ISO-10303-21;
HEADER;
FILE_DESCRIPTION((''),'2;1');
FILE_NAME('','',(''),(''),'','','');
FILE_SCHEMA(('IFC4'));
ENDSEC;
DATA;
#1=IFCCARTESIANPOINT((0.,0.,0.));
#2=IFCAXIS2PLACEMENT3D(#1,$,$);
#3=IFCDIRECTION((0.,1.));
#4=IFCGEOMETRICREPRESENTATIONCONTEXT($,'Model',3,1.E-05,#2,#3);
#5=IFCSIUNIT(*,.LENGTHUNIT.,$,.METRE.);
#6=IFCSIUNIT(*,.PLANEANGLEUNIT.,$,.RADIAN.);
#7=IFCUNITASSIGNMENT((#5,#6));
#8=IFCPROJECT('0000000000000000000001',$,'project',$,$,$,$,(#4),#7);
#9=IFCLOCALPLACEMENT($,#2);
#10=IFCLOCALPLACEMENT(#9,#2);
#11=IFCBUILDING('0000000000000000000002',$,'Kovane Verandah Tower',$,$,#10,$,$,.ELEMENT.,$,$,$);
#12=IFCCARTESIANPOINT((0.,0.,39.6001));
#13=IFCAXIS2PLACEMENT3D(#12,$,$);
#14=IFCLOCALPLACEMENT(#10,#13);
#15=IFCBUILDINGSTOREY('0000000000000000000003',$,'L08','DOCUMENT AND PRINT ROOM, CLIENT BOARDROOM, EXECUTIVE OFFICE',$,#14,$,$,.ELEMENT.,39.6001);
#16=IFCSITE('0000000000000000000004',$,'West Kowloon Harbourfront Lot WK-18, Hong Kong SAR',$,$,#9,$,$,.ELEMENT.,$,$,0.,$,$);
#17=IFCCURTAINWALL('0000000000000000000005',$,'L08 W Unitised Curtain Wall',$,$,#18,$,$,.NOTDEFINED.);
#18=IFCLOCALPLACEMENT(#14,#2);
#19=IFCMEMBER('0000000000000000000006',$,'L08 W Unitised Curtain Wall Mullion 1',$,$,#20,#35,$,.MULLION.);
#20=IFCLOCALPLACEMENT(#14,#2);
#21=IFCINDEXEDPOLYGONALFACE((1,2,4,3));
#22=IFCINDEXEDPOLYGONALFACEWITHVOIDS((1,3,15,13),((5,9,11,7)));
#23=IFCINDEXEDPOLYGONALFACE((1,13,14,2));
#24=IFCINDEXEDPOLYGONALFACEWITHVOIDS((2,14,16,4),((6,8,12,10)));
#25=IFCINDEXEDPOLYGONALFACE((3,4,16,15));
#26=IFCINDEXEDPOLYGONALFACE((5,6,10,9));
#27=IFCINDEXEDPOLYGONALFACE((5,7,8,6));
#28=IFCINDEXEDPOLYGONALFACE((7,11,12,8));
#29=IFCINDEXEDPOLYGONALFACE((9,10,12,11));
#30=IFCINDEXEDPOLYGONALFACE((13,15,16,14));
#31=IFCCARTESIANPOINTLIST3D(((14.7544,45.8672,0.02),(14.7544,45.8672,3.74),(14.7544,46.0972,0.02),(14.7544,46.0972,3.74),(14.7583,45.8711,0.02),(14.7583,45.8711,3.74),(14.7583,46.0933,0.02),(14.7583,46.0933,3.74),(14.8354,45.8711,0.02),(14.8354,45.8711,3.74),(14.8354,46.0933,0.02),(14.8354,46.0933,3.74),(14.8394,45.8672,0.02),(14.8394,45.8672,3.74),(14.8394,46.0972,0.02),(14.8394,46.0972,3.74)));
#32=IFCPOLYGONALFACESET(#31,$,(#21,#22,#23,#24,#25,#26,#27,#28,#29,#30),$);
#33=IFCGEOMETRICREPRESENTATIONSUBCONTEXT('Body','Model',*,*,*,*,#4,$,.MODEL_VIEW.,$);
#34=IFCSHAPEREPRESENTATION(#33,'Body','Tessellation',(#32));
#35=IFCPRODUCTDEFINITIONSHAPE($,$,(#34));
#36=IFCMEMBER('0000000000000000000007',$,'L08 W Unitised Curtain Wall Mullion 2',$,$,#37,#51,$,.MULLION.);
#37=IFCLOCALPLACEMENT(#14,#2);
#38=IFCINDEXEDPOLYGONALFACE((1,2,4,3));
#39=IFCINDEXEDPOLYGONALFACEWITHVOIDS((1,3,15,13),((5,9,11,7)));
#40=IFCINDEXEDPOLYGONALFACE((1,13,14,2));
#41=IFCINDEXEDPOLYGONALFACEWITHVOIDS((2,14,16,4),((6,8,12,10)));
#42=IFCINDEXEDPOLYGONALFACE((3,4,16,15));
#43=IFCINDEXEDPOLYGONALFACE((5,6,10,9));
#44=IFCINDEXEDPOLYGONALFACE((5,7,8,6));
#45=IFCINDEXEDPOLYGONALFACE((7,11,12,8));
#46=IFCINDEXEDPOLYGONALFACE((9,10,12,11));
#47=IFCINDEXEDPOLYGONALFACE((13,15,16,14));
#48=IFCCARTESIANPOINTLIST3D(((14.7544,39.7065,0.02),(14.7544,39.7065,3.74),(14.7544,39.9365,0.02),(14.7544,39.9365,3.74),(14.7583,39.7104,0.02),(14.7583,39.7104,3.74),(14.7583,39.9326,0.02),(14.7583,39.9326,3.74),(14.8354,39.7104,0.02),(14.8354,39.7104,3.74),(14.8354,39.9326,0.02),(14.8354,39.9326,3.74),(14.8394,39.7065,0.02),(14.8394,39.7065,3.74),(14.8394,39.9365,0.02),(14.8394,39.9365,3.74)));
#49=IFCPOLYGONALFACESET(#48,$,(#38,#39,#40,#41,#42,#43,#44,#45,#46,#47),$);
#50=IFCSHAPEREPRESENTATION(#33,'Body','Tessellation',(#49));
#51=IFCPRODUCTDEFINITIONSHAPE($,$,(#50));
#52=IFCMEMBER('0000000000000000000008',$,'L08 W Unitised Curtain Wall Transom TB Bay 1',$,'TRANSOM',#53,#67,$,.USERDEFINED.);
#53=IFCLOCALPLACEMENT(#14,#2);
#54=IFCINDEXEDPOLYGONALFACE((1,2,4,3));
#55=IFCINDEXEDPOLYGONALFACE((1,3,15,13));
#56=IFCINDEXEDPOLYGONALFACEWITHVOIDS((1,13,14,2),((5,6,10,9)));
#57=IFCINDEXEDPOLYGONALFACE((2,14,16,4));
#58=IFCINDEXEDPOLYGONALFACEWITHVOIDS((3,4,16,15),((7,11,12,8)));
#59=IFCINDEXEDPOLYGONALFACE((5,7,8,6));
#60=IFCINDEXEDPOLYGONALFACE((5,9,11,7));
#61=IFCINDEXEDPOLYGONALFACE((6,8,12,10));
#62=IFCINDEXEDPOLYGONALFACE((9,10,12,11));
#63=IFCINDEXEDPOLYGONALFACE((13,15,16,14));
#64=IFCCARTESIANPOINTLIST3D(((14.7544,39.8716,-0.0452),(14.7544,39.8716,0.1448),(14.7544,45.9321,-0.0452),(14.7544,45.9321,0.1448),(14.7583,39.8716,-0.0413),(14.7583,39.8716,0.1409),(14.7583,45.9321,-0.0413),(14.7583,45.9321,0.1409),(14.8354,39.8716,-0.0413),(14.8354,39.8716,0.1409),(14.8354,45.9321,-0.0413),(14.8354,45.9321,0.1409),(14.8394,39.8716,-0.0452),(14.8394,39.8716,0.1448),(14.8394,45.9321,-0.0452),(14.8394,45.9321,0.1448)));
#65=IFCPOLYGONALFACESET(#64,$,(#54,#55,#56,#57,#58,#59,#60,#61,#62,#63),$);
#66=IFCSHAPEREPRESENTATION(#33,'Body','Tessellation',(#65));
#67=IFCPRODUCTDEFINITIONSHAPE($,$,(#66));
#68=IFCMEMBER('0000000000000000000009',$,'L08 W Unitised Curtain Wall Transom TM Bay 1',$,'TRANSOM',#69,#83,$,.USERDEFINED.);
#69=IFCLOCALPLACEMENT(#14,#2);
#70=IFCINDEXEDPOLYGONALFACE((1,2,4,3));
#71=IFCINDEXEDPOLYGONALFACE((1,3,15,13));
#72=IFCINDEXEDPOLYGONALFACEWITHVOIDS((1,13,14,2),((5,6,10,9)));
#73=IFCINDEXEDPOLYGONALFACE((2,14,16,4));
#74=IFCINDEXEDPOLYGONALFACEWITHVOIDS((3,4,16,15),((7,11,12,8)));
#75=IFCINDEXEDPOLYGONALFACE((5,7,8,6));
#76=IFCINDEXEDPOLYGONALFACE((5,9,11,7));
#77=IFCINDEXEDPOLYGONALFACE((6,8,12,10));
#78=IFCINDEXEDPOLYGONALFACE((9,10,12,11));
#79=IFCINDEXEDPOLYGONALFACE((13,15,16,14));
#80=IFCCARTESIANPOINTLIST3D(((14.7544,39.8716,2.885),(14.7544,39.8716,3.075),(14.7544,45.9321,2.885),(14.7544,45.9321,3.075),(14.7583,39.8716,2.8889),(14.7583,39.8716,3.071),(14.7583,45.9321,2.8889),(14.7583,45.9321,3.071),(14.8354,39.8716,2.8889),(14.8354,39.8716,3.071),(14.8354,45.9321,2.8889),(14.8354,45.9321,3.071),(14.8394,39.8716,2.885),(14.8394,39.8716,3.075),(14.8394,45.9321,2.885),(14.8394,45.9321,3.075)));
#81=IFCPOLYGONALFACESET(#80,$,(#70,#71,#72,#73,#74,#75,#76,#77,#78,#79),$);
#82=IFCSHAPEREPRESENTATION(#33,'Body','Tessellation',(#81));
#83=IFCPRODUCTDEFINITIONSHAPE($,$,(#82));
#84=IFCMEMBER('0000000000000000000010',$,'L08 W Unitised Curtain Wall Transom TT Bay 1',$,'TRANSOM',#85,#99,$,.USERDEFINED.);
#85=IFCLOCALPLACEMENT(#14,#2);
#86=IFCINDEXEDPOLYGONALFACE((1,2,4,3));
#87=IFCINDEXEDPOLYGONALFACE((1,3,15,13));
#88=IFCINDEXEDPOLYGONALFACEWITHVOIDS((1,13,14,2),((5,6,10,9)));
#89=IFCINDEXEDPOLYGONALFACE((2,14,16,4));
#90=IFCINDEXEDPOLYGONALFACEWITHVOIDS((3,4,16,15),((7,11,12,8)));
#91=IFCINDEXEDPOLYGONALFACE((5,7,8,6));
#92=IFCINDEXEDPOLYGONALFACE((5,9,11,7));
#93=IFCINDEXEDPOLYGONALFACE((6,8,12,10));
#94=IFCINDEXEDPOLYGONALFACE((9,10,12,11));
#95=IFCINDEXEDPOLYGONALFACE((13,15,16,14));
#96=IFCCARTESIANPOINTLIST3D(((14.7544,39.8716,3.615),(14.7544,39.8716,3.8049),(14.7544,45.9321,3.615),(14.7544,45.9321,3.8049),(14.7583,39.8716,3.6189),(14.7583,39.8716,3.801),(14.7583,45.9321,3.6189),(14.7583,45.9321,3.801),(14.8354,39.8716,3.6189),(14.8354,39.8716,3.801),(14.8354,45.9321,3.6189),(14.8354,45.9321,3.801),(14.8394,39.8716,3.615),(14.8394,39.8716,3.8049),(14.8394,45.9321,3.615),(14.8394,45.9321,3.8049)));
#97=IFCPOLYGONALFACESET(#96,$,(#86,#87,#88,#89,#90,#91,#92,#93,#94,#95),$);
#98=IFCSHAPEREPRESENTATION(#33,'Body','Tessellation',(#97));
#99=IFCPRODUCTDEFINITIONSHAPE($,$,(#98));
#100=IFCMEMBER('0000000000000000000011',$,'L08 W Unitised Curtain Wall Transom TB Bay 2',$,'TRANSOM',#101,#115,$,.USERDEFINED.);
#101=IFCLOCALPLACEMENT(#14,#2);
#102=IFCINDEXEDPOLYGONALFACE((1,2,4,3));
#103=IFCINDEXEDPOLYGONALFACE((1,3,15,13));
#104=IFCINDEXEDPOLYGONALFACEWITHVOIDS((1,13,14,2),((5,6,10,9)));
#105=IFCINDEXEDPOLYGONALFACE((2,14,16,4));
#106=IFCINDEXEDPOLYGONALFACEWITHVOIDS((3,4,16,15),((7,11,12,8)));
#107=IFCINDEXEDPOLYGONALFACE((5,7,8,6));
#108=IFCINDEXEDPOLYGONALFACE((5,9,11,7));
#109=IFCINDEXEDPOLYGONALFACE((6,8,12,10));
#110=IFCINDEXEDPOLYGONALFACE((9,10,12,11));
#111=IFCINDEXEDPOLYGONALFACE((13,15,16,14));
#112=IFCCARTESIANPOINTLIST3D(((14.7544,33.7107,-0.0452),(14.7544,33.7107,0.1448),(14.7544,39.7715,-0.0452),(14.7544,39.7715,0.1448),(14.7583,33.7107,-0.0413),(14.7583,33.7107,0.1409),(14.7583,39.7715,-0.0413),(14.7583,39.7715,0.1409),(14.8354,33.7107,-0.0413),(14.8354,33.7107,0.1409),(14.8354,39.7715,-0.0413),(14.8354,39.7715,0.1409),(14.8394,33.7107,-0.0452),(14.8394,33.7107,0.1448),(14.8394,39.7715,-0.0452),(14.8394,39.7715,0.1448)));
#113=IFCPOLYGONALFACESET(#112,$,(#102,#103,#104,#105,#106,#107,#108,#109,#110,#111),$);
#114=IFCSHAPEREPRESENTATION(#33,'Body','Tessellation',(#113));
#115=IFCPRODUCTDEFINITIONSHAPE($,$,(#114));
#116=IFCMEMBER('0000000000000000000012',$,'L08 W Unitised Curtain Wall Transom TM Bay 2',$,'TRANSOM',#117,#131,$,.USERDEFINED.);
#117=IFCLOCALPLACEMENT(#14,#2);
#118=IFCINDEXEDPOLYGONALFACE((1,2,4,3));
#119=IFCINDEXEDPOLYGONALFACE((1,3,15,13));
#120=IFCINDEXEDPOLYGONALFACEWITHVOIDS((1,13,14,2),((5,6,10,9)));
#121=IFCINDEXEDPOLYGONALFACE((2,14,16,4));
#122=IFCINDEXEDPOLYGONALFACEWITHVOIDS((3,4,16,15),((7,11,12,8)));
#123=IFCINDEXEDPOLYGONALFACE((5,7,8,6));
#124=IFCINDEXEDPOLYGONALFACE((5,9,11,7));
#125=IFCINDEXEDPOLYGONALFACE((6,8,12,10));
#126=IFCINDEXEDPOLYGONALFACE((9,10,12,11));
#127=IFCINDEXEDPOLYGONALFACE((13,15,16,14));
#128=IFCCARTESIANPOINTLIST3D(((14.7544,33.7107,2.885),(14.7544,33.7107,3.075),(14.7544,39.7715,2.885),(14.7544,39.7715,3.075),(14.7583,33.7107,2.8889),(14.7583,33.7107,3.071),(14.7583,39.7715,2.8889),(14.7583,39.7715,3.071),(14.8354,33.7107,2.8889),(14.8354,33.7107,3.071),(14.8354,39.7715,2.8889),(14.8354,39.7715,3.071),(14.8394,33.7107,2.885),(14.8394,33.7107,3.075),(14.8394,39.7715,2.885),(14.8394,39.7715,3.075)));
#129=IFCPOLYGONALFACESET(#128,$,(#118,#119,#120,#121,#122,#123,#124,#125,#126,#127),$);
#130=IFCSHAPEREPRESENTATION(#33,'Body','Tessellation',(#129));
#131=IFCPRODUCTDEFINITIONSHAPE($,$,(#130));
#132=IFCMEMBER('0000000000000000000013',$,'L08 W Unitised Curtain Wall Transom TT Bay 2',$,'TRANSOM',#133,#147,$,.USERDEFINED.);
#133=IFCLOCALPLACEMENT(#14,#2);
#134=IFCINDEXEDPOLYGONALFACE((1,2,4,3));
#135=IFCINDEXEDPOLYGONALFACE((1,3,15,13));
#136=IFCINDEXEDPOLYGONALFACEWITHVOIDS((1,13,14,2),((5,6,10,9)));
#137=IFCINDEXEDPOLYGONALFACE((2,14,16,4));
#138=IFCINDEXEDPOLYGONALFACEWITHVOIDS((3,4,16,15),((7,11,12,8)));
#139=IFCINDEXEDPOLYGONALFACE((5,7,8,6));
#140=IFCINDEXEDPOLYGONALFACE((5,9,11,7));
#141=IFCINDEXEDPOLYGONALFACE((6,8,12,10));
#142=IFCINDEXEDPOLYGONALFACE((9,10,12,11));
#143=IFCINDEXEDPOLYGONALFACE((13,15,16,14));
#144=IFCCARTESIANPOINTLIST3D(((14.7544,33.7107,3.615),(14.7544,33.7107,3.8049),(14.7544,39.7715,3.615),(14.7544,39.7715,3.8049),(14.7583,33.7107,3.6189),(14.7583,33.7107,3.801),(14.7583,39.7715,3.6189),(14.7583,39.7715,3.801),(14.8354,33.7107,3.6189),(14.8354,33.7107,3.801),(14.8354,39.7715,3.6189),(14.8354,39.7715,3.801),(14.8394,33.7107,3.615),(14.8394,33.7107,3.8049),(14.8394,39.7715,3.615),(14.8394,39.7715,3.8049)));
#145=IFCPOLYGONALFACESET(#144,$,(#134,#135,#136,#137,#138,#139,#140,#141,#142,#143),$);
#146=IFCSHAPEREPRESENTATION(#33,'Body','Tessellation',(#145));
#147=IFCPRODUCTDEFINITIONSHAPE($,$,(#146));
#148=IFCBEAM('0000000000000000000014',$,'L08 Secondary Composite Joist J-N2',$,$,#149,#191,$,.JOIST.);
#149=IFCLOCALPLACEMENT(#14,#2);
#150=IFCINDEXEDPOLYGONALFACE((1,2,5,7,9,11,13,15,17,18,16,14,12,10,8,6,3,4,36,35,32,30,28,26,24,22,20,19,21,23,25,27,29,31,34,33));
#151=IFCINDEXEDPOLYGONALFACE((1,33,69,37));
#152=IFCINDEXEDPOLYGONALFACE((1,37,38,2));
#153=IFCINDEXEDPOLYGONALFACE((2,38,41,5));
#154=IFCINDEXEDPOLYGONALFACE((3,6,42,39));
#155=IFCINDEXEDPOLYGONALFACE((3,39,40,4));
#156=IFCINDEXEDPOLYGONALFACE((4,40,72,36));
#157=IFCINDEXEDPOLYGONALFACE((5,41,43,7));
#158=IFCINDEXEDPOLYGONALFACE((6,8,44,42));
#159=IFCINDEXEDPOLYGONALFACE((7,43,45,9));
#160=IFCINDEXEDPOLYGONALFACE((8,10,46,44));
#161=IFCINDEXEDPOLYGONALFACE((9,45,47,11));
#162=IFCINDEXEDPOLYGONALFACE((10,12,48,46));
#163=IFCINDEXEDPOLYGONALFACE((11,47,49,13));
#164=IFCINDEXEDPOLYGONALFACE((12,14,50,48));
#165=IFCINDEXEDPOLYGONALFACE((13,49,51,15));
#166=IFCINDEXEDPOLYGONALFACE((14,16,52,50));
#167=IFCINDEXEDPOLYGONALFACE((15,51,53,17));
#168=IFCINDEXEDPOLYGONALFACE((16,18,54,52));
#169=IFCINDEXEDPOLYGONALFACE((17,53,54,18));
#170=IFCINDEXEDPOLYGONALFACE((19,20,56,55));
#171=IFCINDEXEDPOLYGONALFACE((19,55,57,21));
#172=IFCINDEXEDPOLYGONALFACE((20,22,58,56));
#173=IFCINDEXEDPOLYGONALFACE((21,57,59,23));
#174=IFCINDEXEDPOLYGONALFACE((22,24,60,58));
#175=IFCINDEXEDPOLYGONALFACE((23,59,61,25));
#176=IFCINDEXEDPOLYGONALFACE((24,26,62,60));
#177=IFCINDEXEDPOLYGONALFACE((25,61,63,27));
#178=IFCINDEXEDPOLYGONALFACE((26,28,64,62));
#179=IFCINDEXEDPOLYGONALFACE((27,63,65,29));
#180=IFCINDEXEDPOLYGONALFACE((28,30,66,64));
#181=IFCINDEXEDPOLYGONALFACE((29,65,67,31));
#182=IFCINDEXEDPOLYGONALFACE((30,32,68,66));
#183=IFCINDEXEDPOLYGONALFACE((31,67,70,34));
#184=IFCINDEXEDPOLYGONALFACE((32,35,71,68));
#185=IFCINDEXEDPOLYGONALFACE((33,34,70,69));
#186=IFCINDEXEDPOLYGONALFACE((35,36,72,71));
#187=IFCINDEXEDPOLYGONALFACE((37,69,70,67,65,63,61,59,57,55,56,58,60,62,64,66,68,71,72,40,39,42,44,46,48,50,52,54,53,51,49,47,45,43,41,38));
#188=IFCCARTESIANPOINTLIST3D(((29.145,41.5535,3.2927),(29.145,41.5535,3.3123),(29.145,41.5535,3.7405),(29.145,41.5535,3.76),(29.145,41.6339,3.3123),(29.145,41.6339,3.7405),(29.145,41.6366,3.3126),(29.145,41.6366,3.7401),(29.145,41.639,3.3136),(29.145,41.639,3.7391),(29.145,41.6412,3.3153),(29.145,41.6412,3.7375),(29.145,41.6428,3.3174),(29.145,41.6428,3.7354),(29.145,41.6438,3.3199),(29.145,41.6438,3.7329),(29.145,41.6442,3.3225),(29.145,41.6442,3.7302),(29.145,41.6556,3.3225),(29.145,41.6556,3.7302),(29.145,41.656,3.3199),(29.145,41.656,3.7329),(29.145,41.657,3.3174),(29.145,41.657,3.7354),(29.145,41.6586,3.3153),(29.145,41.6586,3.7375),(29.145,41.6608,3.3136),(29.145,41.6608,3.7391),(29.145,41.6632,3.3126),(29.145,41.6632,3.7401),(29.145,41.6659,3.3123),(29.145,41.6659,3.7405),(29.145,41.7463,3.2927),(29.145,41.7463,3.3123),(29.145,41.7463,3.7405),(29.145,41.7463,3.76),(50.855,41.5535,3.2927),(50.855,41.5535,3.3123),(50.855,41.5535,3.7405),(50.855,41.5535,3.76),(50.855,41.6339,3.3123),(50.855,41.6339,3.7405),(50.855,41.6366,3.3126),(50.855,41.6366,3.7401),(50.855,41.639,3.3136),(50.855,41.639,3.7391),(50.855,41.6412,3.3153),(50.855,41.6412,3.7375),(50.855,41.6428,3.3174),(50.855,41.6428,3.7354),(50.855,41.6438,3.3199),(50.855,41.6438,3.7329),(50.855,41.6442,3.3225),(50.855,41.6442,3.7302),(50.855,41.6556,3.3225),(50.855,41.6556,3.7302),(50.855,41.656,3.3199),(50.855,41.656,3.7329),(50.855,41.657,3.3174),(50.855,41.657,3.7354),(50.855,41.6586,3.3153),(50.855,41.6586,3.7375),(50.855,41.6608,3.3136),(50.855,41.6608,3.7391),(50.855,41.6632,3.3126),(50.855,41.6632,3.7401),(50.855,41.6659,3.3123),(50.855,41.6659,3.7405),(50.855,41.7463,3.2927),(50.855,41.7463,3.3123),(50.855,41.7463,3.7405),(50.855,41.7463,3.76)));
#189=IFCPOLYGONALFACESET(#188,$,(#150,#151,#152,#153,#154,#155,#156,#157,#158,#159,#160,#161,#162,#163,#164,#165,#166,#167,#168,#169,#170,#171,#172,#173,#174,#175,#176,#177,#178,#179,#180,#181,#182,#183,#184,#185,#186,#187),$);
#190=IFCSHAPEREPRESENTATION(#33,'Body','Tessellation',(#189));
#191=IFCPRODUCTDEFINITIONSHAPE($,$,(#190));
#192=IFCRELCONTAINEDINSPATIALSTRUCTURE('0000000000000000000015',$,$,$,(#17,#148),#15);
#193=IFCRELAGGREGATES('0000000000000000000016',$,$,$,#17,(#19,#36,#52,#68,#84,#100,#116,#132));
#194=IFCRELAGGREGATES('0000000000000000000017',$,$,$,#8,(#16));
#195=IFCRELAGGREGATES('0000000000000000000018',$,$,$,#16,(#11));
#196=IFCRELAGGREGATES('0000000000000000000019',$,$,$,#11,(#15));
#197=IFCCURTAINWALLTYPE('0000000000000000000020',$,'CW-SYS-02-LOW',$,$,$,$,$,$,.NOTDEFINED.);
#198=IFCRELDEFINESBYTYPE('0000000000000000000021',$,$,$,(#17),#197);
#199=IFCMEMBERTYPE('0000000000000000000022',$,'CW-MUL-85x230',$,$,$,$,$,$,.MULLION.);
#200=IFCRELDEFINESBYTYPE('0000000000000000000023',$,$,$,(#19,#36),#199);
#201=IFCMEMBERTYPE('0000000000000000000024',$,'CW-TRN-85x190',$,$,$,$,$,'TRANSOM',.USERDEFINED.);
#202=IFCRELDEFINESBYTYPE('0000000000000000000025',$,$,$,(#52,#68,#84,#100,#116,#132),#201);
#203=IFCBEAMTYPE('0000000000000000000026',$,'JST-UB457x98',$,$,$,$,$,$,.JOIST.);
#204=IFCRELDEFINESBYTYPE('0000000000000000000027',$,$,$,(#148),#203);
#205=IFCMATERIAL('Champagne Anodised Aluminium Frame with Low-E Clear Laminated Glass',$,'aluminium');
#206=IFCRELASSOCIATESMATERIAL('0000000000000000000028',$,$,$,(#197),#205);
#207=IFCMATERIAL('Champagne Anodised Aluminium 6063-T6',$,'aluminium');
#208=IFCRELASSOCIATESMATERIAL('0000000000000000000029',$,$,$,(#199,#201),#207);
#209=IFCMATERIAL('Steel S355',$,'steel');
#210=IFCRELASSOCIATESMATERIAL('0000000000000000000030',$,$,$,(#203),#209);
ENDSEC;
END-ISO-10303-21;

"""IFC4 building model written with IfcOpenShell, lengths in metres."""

from ifc_helpers import new_model, si_unit, direction, frame, origin, origin_2d, place, context, subcontext, project, spatial, hollow_rectangle, i_section, extrude, material, material_profile, profile_set, type_object, element, aggregate, save


model = new_model("IFC4")

# Units and contexts
model_context = context("Model", 3, precision=1e-05, world=origin(), true_north=direction((0.0, 1.0)))
body_context = subcontext(model_context, "Body", "Model", "MODEL_VIEW")
ifc_project = project(units=[si_unit("LENGTHUNIT", "METRE"), si_unit("PLANEANGLEUNIT", "RADIAN")], contexts=[model_context])

# Site, building, storey
site_placement = place(None, origin())
site = spatial("IfcSite", under=ifc_project, at=site_placement, Name="West Kowloon Harbourfront Lot WK-18, Hong Kong SAR", CompositionType="ELEMENT", RefElevation=0.0)
building_placement = place(site_placement, origin())
building = spatial("IfcBuilding", under=site, at=building_placement, Name="Kovane Verandah Tower", CompositionType="ELEMENT")
storey_placement = place(building_placement, frame((0.0, 0.0, 39.6001)))
storey = spatial("IfcBuildingStorey", under=building, at=storey_placement, Name="L08", Description="DOCUMENT AND PRINT ROOM, CLIENT BOARDROOM, EXECUTIVE OFFICE", CompositionType="ELEMENT", Elevation=39.6001)

# Shared definitions
ifc_material_1 = material(Name="Steel S355", Category="steel")

# Curtain wall, members
ifc_material_2 = material(Name="Champagne Anodised Aluminium Frame with Low-E Clear Laminated Glass", Category="aluminium")
curtain_wall_type = type_object("IfcCurtainWallType", Name="CW-SYS-02-LOW", PredefinedType="NOTDEFINED", material=ifc_material_2)
curtain_wall_placement = place(storey_placement, origin())
curtain_wall = element("IfcCurtainWall", 1, at=curtain_wall_placement, inside=storey, type_object=curtain_wall_type, Name="L08 W Unitised Curtain Wall", PredefinedType="NOTDEFINED")
ifc_material_3 = material(Name="Champagne Anodised Aluminium 6063-T6", Category="aluminium")
ifc_material_profile_1 = material_profile(ifc_material_3, hollow_rectangle(XDim=0.085, YDim=0.23, WallThickness=0.0039, at=origin_2d()), Name="AL85x230x4")
ifc_profile_set_1 = profile_set([ifc_material_profile_1], Name="Champagne Anodised Aluminium 6063-T6")
member_type_1 = type_object("IfcMemberType", Name="CW-MUL-85x230", PredefinedType="MULLION", material=ifc_profile_set_1)
member_1_placement = place(storey_placement, frame((14.7969, 45.9822, 0.02), z_axis=(0.0, 0.0, 1.0), x_axis=(-1.0, 0.0, 0.0)))
member_1 = element("IfcMember", 2, at=member_1_placement, type_object=member_type_1, Name="L08 W Unitised Curtain Wall Mullion 1", PredefinedType="MULLION", context=body_context, shape_type="SweptSolid", body=[
    extrude(hollow_rectangle(XDim=0.085, YDim=0.23, WallThickness=0.0039, at=origin_2d()), origin(), (0.0, 0.0, 1.0), 3.72),
])
member_2_placement = place(storey_placement, frame((14.7969, 39.8215, 0.02), z_axis=(0.0, 0.0, 1.0), x_axis=(-1.0, 0.0, 0.0)))
member_2 = element("IfcMember", 3, at=member_2_placement, type_object=member_type_1, Name="L08 W Unitised Curtain Wall Mullion 2", PredefinedType="MULLION", context=body_context, shape_type="SweptSolid", body=[
    extrude(hollow_rectangle(XDim=0.085, YDim=0.23, WallThickness=0.0039, at=origin_2d()), origin(), (0.0, 0.0, 1.0), 3.72),
])
ifc_material_profile_2 = material_profile(ifc_material_3, hollow_rectangle(XDim=0.085, YDim=0.1899, WallThickness=0.0039, at=origin_2d()), Name="AL85x190x4")
ifc_profile_set_2 = profile_set([ifc_material_profile_2], Name="Champagne Anodised Aluminium 6063-T6")
member_type_2 = type_object("IfcMemberType", Name="CW-TRN-85x190", ElementType="TRANSOM", PredefinedType="USERDEFINED", material=ifc_profile_set_2)
member_3_placement = place(storey_placement, frame((14.7969, 45.9321, 0.0498), z_axis=(0.0, -1.0, 0.0), x_axis=(1.0, 0.0, 0.0)))
member_3 = element("IfcMember", 4, at=member_3_placement, type_object=member_type_2, Name="L08 W Unitised Curtain Wall Transom TB Bay 1", ObjectType="TRANSOM", PredefinedType="USERDEFINED", context=body_context, shape_type="SweptSolid", body=[
    extrude(hollow_rectangle(XDim=0.085, YDim=0.1899, WallThickness=0.0039, at=origin_2d()), origin(), (0.0, 0.0, 1.0), 6.0605),
])
member_4_placement = place(storey_placement, frame((14.7969, 45.9321, 2.98), z_axis=(0.0, -1.0, 0.0), x_axis=(1.0, 0.0, 0.0)))
member_4 = element("IfcMember", 5, at=member_4_placement, type_object=member_type_2, Name="L08 W Unitised Curtain Wall Transom TM Bay 1", ObjectType="TRANSOM", PredefinedType="USERDEFINED", context=body_context, shape_type="SweptSolid", body=[
    extrude(hollow_rectangle(XDim=0.085, YDim=0.1899, WallThickness=0.0039, at=origin_2d()), origin(), (0.0, 0.0, 1.0), 6.0605),
])
member_5_placement = place(storey_placement, frame((14.7969, 45.9321, 3.71), z_axis=(0.0, -1.0, 0.0), x_axis=(1.0, 0.0, 0.0)))
member_5 = element("IfcMember", 6, at=member_5_placement, type_object=member_type_2, Name="L08 W Unitised Curtain Wall Transom TT Bay 1", ObjectType="TRANSOM", PredefinedType="USERDEFINED", context=body_context, shape_type="SweptSolid", body=[
    extrude(hollow_rectangle(XDim=0.085, YDim=0.1899, WallThickness=0.0039, at=origin_2d()), origin(), (0.0, 0.0, 1.0), 6.0605),
])
member_6_placement = place(storey_placement, frame((14.7969, 39.7715, 0.0498), z_axis=(0.0, -1.0, 0.0), x_axis=(1.0, 0.0, 0.0)))
member_6 = element("IfcMember", 7, at=member_6_placement, type_object=member_type_2, Name="L08 W Unitised Curtain Wall Transom TB Bay 2", ObjectType="TRANSOM", PredefinedType="USERDEFINED", context=body_context, shape_type="SweptSolid", body=[
    extrude(hollow_rectangle(XDim=0.085, YDim=0.1899, WallThickness=0.0039, at=origin_2d()), origin(), (0.0, 0.0, 1.0), 6.0608),
])
member_7_placement = place(storey_placement, frame((14.7969, 39.7715, 2.98), z_axis=(0.0, -1.0, 0.0), x_axis=(1.0, 0.0, 0.0)))
member_7 = element("IfcMember", 8, at=member_7_placement, type_object=member_type_2, Name="L08 W Unitised Curtain Wall Transom TM Bay 2", ObjectType="TRANSOM", PredefinedType="USERDEFINED", context=body_context, shape_type="SweptSolid", body=[
    extrude(hollow_rectangle(XDim=0.085, YDim=0.1899, WallThickness=0.0039, at=origin_2d()), origin(), (0.0, 0.0, 1.0), 6.0608),
])
member_8_placement = place(storey_placement, frame((14.7969, 39.7715, 3.71), z_axis=(0.0, -1.0, 0.0), x_axis=(1.0, 0.0, 0.0)))
member_8 = element("IfcMember", 9, at=member_8_placement, type_object=member_type_2, Name="L08 W Unitised Curtain Wall Transom TT Bay 2", ObjectType="TRANSOM", PredefinedType="USERDEFINED", context=body_context, shape_type="SweptSolid", body=[
    extrude(hollow_rectangle(XDim=0.085, YDim=0.1899, WallThickness=0.0039, at=origin_2d()), origin(), (0.0, 0.0, 1.0), 6.0608),
])

# Beam
ifc_material_profile_3 = material_profile(ifc_material_1, i_section(OverallWidth=0.1929, OverallDepth=0.4673, WebThickness=0.0115, FlangeThickness=0.0195, FilletRadius=0.0103, at=origin_2d()), Name="UB457x191x98")
ifc_profile_set_3 = profile_set([ifc_material_profile_3], Name="Steel S355")
beam_type_1 = type_object("IfcBeamType", Name="JST-UB457x98", PredefinedType="JOIST", material=ifc_profile_set_3)
beam_1_placement = place(storey_placement, frame((29.145, 41.6499, 3.5264), z_axis=(1.0, 0.0, 0.0), x_axis=(0.0, 1.0, 0.0)))
element("IfcBeam", 10, at=beam_1_placement, inside=storey, type_object=beam_type_1, Name="L08 Secondary Composite Joist J-N2", PredefinedType="JOIST", context=body_context, shape_type="SweptSolid", body=[
    extrude(i_section(OverallWidth=0.1929, OverallDepth=0.4673, WebThickness=0.0115, FlangeThickness=0.0195, FilletRadius=0.0103, at=origin_2d()), origin(), (0.0, 0.0, 1.0), 21.71),
])

aggregate(curtain_wall, [member_1, member_2, member_3, member_4, member_5, member_6, member_7, member_8])

save(model, "model.ifc")
